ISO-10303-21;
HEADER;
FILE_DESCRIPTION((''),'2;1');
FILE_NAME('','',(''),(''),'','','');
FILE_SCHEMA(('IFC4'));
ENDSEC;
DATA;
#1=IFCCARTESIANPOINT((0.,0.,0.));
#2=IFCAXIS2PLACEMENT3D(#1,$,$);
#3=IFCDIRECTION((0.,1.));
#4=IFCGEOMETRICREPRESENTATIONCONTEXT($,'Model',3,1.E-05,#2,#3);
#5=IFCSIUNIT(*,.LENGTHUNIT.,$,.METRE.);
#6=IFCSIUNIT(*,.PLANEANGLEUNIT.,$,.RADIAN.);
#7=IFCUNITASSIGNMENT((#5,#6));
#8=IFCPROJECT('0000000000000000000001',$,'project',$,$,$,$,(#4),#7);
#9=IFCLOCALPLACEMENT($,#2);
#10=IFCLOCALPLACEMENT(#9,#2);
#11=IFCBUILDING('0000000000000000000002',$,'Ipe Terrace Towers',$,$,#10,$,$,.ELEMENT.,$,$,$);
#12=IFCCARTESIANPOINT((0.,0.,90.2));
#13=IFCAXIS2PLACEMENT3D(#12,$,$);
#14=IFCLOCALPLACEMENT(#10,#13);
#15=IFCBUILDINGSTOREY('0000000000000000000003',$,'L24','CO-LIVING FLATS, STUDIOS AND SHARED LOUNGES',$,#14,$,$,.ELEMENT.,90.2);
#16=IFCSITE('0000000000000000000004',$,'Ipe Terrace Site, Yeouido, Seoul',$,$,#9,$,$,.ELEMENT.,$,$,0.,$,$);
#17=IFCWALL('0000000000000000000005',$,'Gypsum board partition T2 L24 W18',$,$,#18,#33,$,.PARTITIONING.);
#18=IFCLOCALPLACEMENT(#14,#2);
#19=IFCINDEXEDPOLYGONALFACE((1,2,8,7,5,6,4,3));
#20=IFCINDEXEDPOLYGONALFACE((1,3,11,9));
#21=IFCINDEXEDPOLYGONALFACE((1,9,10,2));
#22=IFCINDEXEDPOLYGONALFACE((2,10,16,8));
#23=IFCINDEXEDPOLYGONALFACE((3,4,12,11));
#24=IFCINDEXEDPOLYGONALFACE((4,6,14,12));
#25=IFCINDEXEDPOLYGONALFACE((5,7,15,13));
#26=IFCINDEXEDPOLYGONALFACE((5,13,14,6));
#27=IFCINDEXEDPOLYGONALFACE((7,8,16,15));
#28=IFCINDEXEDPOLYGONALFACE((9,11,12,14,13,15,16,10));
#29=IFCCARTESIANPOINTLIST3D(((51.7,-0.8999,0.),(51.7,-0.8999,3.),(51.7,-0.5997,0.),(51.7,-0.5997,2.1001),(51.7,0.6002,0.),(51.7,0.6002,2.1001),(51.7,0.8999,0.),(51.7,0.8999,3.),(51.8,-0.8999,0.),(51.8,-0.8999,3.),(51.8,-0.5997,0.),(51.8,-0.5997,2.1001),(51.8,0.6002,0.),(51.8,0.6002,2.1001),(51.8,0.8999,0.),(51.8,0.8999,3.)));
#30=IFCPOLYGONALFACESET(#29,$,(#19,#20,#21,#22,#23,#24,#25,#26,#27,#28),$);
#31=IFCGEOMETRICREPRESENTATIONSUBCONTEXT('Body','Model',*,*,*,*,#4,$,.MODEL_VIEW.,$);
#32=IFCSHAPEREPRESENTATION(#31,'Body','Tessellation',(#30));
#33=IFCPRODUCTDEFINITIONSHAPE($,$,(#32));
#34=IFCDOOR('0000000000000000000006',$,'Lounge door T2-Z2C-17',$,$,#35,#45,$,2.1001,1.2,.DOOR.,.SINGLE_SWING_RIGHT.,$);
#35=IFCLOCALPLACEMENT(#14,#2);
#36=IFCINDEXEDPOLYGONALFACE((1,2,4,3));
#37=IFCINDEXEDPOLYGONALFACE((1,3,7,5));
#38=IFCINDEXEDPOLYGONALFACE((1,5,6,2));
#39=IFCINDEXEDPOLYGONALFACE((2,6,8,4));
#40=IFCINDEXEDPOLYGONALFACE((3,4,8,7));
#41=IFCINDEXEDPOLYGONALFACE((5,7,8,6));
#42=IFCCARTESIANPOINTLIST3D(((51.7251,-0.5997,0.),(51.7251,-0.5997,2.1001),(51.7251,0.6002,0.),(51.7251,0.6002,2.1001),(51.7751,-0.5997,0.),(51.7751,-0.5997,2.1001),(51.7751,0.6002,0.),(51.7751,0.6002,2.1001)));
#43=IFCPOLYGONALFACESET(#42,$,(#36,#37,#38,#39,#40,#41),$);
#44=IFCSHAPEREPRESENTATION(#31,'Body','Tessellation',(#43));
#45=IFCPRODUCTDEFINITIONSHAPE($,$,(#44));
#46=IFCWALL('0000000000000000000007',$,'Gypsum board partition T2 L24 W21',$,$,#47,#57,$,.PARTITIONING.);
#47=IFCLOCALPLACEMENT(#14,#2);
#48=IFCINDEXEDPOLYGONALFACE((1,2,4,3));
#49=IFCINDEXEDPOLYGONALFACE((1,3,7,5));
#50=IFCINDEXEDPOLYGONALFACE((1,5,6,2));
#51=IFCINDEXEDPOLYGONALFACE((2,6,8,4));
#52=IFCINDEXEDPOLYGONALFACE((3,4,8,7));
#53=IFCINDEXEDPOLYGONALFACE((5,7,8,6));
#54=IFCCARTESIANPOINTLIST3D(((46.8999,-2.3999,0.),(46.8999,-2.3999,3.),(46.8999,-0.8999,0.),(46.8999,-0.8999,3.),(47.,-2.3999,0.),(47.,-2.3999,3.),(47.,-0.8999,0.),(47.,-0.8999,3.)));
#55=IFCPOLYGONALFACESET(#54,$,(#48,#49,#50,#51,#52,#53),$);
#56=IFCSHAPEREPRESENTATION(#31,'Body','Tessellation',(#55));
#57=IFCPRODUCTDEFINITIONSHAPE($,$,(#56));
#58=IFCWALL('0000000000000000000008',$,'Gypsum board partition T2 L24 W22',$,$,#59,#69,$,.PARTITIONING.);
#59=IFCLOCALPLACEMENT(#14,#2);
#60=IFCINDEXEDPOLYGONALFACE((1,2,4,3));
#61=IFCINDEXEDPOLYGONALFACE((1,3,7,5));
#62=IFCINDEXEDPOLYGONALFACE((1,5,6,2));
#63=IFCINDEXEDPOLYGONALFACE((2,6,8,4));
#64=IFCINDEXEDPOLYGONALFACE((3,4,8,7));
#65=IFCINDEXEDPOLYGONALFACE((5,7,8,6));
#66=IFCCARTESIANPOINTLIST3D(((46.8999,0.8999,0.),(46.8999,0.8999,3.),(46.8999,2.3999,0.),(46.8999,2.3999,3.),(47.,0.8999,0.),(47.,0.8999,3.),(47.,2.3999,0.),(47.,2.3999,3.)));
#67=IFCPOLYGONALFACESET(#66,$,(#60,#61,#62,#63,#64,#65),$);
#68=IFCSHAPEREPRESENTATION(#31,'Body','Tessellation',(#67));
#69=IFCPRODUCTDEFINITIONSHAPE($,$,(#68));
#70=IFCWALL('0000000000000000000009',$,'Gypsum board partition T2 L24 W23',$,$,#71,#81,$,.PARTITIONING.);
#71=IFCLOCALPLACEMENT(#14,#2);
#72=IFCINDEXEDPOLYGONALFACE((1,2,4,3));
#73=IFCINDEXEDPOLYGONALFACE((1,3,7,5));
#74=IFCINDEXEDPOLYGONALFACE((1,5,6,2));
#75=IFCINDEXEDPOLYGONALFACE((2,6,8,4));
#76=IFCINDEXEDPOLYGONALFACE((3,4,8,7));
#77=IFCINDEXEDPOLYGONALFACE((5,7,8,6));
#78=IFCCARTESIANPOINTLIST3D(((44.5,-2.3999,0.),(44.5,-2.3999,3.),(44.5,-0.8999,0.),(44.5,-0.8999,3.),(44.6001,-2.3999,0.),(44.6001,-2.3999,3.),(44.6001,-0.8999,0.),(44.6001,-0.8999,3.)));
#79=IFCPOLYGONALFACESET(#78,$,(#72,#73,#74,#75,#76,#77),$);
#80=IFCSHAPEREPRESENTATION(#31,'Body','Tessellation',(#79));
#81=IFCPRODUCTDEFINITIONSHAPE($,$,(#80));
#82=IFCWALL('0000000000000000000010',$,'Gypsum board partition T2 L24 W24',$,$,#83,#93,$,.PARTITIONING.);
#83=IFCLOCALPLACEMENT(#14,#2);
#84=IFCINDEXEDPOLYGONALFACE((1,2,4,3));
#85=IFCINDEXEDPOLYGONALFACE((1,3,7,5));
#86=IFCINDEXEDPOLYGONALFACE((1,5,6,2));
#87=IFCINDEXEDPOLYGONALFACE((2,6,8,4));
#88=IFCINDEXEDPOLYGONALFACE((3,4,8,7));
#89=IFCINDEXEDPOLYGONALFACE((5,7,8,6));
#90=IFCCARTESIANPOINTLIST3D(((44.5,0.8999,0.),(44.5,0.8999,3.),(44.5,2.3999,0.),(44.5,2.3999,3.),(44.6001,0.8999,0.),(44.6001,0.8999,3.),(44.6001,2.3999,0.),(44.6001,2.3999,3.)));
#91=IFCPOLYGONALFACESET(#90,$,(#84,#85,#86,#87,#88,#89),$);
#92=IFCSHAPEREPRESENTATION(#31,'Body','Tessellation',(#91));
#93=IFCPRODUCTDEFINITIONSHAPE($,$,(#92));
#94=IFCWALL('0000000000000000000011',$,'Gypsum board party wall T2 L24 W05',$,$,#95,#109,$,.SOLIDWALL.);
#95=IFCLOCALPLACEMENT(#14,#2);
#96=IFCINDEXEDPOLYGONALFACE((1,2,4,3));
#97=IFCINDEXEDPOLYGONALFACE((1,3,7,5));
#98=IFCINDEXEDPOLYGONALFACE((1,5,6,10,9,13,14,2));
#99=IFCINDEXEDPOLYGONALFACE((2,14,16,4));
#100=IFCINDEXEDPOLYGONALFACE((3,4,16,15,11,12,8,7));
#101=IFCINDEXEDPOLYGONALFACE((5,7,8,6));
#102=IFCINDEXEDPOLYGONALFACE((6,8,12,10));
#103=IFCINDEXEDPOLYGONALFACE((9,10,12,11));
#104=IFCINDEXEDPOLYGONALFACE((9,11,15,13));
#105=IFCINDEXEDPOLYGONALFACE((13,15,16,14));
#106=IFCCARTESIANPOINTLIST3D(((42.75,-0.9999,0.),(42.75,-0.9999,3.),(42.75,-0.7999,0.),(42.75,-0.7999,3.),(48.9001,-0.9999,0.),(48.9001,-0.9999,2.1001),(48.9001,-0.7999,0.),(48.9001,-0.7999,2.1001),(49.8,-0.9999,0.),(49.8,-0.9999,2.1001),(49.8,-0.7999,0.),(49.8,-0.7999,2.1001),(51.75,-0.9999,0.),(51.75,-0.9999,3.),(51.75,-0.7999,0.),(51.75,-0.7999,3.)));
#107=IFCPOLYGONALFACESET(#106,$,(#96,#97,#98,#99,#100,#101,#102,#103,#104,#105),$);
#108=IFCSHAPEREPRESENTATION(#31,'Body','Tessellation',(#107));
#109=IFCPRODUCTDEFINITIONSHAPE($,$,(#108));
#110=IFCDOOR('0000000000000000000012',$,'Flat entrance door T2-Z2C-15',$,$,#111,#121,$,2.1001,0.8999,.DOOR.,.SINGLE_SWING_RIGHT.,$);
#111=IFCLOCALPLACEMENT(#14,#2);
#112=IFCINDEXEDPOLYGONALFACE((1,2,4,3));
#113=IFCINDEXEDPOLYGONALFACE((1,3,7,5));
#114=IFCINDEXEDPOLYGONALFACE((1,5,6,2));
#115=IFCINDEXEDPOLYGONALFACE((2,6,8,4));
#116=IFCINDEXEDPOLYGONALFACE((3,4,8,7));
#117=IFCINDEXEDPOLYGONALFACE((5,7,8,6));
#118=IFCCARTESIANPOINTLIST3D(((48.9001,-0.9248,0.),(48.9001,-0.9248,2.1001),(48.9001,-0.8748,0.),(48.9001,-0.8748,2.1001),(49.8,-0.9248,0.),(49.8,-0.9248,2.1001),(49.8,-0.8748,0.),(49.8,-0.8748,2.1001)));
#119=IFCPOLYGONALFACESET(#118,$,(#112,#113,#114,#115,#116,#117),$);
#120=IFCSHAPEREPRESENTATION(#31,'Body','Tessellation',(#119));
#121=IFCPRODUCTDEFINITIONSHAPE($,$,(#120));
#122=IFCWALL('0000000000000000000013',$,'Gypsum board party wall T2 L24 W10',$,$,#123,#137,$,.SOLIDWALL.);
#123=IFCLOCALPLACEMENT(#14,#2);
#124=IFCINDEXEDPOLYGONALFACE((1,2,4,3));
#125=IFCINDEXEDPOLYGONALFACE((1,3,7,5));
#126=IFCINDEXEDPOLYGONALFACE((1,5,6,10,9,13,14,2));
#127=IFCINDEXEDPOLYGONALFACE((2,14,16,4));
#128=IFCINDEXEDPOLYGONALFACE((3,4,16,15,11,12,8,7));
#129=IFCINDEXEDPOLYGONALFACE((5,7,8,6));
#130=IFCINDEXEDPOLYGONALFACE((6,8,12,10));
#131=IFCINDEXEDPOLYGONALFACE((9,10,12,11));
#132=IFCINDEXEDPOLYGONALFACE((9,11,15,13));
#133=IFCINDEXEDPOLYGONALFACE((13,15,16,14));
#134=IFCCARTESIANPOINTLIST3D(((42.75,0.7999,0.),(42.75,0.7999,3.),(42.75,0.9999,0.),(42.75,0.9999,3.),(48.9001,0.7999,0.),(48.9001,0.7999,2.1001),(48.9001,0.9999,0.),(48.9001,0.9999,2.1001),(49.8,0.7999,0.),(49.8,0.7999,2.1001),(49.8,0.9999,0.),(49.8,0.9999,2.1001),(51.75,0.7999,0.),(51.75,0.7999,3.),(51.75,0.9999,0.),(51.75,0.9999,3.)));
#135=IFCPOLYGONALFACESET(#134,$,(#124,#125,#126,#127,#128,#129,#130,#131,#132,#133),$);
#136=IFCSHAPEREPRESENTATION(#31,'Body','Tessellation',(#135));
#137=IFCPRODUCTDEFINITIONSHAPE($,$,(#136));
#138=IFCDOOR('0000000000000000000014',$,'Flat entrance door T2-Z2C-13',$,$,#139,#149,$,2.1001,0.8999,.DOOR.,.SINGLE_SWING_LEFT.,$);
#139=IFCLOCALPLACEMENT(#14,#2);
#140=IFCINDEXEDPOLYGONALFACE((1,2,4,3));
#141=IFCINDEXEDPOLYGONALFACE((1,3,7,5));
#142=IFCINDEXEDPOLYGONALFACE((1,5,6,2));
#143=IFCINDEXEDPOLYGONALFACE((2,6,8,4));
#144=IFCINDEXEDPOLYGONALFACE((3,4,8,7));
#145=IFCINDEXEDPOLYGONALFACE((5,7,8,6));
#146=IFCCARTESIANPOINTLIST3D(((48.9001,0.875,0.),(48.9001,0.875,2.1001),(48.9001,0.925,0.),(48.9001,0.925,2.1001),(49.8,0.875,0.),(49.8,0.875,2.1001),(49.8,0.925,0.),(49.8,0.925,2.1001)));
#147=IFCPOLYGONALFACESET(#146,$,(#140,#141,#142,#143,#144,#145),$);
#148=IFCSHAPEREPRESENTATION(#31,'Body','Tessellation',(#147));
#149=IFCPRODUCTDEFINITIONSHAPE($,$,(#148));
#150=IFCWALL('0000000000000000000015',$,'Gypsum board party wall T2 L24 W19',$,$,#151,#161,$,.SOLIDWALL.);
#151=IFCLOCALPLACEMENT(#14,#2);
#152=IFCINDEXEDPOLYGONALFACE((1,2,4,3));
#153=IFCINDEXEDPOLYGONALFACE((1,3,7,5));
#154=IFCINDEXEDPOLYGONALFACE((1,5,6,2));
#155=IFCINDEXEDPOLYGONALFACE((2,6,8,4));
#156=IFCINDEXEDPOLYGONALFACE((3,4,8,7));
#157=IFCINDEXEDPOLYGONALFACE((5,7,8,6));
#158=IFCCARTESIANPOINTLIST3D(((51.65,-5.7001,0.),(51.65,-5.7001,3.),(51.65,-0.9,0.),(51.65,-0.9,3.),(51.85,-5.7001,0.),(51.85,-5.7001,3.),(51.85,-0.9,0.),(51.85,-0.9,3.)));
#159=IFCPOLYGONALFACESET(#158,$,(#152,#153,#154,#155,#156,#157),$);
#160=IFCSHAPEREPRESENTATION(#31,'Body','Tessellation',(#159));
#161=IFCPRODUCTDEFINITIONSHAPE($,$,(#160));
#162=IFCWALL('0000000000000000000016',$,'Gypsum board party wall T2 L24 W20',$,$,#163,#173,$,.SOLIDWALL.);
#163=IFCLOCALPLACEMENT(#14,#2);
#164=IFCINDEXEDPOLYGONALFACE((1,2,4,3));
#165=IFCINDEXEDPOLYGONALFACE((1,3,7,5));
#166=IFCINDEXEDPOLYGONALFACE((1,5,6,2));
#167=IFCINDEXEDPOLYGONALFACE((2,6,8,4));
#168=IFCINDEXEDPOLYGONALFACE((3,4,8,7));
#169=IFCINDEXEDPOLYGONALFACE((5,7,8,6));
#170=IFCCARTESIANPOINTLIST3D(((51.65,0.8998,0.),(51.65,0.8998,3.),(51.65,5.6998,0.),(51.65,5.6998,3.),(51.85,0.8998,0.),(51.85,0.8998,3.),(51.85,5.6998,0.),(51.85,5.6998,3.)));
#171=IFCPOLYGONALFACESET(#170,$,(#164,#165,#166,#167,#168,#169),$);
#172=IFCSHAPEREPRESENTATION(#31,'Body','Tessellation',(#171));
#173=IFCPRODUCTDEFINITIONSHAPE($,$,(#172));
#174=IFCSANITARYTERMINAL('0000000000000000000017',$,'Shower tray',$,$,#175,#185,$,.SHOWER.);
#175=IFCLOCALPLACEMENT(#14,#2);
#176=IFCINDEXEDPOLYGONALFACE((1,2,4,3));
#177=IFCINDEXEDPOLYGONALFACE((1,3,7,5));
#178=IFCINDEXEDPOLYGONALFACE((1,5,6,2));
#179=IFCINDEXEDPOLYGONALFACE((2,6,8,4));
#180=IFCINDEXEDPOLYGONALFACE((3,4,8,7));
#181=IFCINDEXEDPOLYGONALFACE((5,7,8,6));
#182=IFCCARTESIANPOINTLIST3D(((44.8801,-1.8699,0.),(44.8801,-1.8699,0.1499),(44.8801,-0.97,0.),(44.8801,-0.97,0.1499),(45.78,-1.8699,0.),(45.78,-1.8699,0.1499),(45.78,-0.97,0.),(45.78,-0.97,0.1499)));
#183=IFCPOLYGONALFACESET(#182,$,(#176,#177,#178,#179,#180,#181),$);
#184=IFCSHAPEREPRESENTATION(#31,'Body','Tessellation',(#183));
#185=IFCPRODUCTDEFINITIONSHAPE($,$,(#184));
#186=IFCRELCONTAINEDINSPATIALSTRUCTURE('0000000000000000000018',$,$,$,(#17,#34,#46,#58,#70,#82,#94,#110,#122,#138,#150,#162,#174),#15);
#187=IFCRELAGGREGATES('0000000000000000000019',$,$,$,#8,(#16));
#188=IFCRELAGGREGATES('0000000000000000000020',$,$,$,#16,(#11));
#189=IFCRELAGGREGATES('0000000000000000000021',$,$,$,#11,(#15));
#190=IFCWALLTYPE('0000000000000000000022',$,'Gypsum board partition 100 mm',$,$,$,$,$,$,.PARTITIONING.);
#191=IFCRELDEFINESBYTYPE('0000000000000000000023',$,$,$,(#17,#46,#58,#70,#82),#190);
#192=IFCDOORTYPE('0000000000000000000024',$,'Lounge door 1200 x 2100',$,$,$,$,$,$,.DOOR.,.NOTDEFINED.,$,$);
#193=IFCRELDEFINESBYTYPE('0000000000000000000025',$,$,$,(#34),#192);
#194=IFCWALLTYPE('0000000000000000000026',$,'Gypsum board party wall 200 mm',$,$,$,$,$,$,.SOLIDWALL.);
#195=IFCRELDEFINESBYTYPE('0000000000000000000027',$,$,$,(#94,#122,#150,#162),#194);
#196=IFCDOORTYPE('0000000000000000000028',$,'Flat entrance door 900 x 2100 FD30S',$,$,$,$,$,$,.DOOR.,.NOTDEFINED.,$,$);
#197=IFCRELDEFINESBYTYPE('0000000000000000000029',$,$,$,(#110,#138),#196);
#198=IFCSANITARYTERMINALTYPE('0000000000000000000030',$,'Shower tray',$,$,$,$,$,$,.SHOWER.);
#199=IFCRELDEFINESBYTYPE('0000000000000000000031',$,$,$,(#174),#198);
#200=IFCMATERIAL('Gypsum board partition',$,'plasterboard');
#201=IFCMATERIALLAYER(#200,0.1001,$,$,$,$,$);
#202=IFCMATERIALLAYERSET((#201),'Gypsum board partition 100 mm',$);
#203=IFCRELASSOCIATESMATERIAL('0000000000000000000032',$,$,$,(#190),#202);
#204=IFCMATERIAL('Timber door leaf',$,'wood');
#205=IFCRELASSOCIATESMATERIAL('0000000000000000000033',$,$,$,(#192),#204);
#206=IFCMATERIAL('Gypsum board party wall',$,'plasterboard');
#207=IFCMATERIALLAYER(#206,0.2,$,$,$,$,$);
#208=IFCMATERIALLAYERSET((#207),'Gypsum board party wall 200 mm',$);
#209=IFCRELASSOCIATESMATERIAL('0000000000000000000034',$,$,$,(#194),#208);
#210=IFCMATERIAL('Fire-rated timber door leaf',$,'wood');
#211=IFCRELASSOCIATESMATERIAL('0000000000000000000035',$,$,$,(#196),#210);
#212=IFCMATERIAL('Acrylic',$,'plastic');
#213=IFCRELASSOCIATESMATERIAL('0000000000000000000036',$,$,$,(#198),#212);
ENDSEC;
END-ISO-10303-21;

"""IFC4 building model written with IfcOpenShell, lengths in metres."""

from ifc_helpers import new_model, si_unit, direction, frame, frame_2d, origin, origin_2d, place, context, subcontext, project, spatial, rectangle, extrude, material, layer, layer_set, type_object, element, fill, save


model = new_model("IFC4")

# Units and contexts
model_context = context("Model", 3, precision=1e-05, world=origin(), true_north=direction((0.0, 1.0)))
body_context = subcontext(model_context, "Body", "Model", "MODEL_VIEW")
ifc_project = project(units=[si_unit("LENGTHUNIT", "METRE"), si_unit("PLANEANGLEUNIT", "RADIAN")], contexts=[model_context])

# Site, building, storey
site_placement = place(None, origin())
site = spatial("IfcSite", under=ifc_project, at=site_placement, Name="Ipe Terrace Site, Yeouido, Seoul", CompositionType="ELEMENT", RefElevation=0.0)
building_placement = place(site_placement, origin())
building = spatial("IfcBuilding", under=site, at=building_placement, Name="Ipe Terrace Towers", CompositionType="ELEMENT")
storey_placement = place(building_placement, frame((0.0, 0.0, 90.2)))
storey = spatial("IfcBuildingStorey", under=building, at=storey_placement, Name="L24", Description="CO-LIVING FLATS, STUDIOS AND SHARED LOUNGES", CompositionType="ELEMENT", Elevation=90.2)

# Wall, opening, door
ifc_material_1 = material(Name="Gypsum board partition", Category="plasterboard")
ifc_layer_1 = layer(ifc_material_1, 0.1001)
ifc_layer_set_1 = layer_set([ifc_layer_1], Name="Gypsum board partition 100 mm")
wall_type_1 = type_object("IfcWallType", Name="Gypsum board partition 100 mm", PredefinedType="PARTITIONING", material=ifc_layer_set_1)
wall_1_placement = place(storey_placement, frame((51.75, -0.8999, 0.0), z_axis=(0.0, 0.0, 1.0), x_axis=(0.0, 1.0, 0.0)))
wall_1 = element("IfcWall", 1, at=wall_1_placement, inside=storey, type_object=wall_type_1, Name="Gypsum board partition T2 L24 W18", PredefinedType="PARTITIONING", context=body_context, shape_type="SweptSolid", body=[
    extrude(rectangle(XDim=1.7998, YDim=0.1001, at=frame_2d((0.8999, 0.0))), origin(), (0.0, 0.0, 1.0), 3.0),
])
opening_1_placement = place(wall_1_placement, frame((0.3, 0.0, 0.0)))
opening_1 = element("IfcOpeningElement", 2, at=opening_1_placement, cuts=wall_1, PredefinedType="OPENING", context=body_context, shape_type="SweptSolid", body=[
    extrude(rectangle(XDim=1.2, YDim=2.1001, at=frame_2d((0.6001, 1.05))), frame((0.0, 0.0601, 0.0), z_axis=(0.0, -1.0, 0.0), x_axis=(1.0, 0.0, 0.0)), (0.0, 0.0, 1.0), 0.1201),
])
ifc_material_2 = material(Name="Timber door leaf", Category="wood")
door_type_1 = type_object("IfcDoorType", Name="Lounge door 1200 x 2100", OperationType="NOTDEFINED", PredefinedType="DOOR", material=ifc_material_2)
door_1_placement = place(opening_1_placement, origin())
door_1 = element("IfcDoor", 3, at=door_1_placement, inside=storey, type_object=door_type_1, Name="Lounge door T2-Z2C-17", OperationType="SINGLE_SWING_RIGHT", OverallHeight=2.1001, OverallWidth=1.2, PredefinedType="DOOR", context=body_context, shape_type="SweptSolid", body=[
    extrude(rectangle(XDim=1.2, YDim=2.1001, at=frame_2d((0.6001, 1.05))), frame((0.0, 0.0249, 0.0), z_axis=(0.0, -1.0, 0.0), x_axis=(1.0, 0.0, 0.0)), (0.0, 0.0, 1.0), 0.05),
])
fill(opening_1, door_1)

# Walls
for number, where, z_axis, x_axis, name in (
    (4, (46.95, -2.3999, 0.0), (0.0, 0.0, 1.0), (0.0, 1.0, 0.0), "Gypsum board partition T2 L24 W21"),
    (5, (46.95, 0.8999, 0.0), (0.0, 0.0, 1.0), (0.0, 1.0, 0.0), "Gypsum board partition T2 L24 W22"),
    (6, (44.55, -2.3999, 0.0), (0.0, 0.0, 1.0), (0.0, 1.0, 0.0), "Gypsum board partition T2 L24 W23"),
    (7, (44.55, 0.8999, 0.0), (0.0, 0.0, 1.0), (0.0, 1.0, 0.0), "Gypsum board partition T2 L24 W24"),
):
    element("IfcWall", number, at=place(storey_placement, frame(where, z_axis=z_axis, x_axis=x_axis)), inside=storey, type_object=wall_type_1, Name=name, PredefinedType="PARTITIONING", context=body_context, shape_type="SweptSolid", body=[
        extrude(rectangle(XDim=1.5, YDim=0.1001, at=frame_2d((0.75, 0.0))), origin(), (0.0, 0.0, 1.0), 3.0),
    ])

# Walls, openings, doors
ifc_material_3 = material(Name="Gypsum board party wall", Category="plasterboard")
ifc_layer_2 = layer(ifc_material_3, 0.2)
ifc_layer_set_2 = layer_set([ifc_layer_2], Name="Gypsum board party wall 200 mm")
wall_type_2 = type_object("IfcWallType", Name="Gypsum board party wall 200 mm", PredefinedType="SOLIDWALL", material=ifc_layer_set_2)
wall_2_placement = place(storey_placement, frame((51.75, -0.8999, 0.0), z_axis=(0.0, 0.0, 1.0), x_axis=(-1.0, 0.0, 0.0)))
wall_2 = element("IfcWall", 8, at=wall_2_placement, inside=storey, type_object=wall_type_2, Name="Gypsum board party wall T2 L24 W05", PredefinedType="SOLIDWALL", context=body_context, shape_type="SweptSolid", body=[
    extrude(rectangle(XDim=9.0, YDim=0.2, at=frame_2d((4.5, 0.0))), origin(), (0.0, 0.0, 1.0), 3.0),
])
opening_2_placement = place(wall_2_placement, frame((1.95, 0.0, 0.0)))
opening_2 = element("IfcOpeningElement", 9, at=opening_2_placement, cuts=wall_2, PredefinedType="OPENING", context=body_context, shape_type="SweptSolid", body=[
    extrude(rectangle(XDim=0.8999, YDim=2.1001, at=frame_2d((0.45, 1.05))), frame((0.0, 0.1099, 0.0), z_axis=(0.0, -1.0, 0.0), x_axis=(1.0, 0.0, 0.0)), (0.0, 0.0, 1.0), 0.22),
])
ifc_material_4 = material(Name="Fire-rated timber door leaf", Category="wood")
door_type_2 = type_object("IfcDoorType", Name="Flat entrance door 900 x 2100 FD30S", OperationType="NOTDEFINED", PredefinedType="DOOR", material=ifc_material_4)
door_2_placement = place(opening_2_placement, origin())
door_2 = element("IfcDoor", 10, at=door_2_placement, inside=storey, type_object=door_type_2, Name="Flat entrance door T2-Z2C-15", OperationType="SINGLE_SWING_RIGHT", OverallHeight=2.1001, OverallWidth=0.8999, PredefinedType="DOOR", context=body_context, shape_type="SweptSolid", body=[
    extrude(rectangle(XDim=0.8999, YDim=2.1001, at=frame_2d((0.45, 1.05))), frame((0.0, 0.0249, 0.0), z_axis=(0.0, -1.0, 0.0), x_axis=(1.0, 0.0, 0.0)), (0.0, 0.0, 1.0), 0.05),
])
fill(opening_2, door_2)
wall_3_placement = place(storey_placement, frame((51.75, 0.8999, 0.0), z_axis=(0.0, 0.0, 1.0), x_axis=(-1.0, 0.0, 0.0)))
wall_3 = element("IfcWall", 11, at=wall_3_placement, inside=storey, type_object=wall_type_2, Name="Gypsum board party wall T2 L24 W10", PredefinedType="SOLIDWALL", context=body_context, shape_type="SweptSolid", body=[
    extrude(rectangle(XDim=9.0, YDim=0.2, at=frame_2d((4.5, 0.0))), origin(), (0.0, 0.0, 1.0), 3.0),
])
opening_3_placement = place(wall_3_placement, frame((1.95, 0.0, 0.0)))
opening_3 = element("IfcOpeningElement", 12, at=opening_3_placement, cuts=wall_3, PredefinedType="OPENING", context=body_context, shape_type="SweptSolid", body=[
    extrude(rectangle(XDim=0.8999, YDim=2.1001, at=frame_2d((0.45, 1.05))), frame((0.0, 0.1099, 0.0), z_axis=(0.0, -1.0, 0.0), x_axis=(1.0, 0.0, 0.0)), (0.0, 0.0, 1.0), 0.22),
])
door_3_placement = place(opening_3_placement, origin())
door_3 = element("IfcDoor", 13, at=door_3_placement, inside=storey, type_object=door_type_2, Name="Flat entrance door T2-Z2C-13", OperationType="SINGLE_SWING_LEFT", OverallHeight=2.1001, OverallWidth=0.8999, PredefinedType="DOOR", context=body_context, shape_type="SweptSolid", body=[
    extrude(rectangle(XDim=0.8999, YDim=2.1001, at=frame_2d((0.45, 1.05))), frame((0.0, 0.0249, 0.0), z_axis=(0.0, -1.0, 0.0), x_axis=(1.0, 0.0, 0.0)), (0.0, 0.0, 1.0), 0.05),
])
fill(opening_3, door_3)

# Walls
for number, where, z_axis, x_axis, name in (
    (14, (51.75, -5.7, 0.0), (0.0, 0.0, 1.0), (0.0, 1.0, 0.0), "Gypsum board party wall T2 L24 W19"),
    (15, (51.75, 0.8999, 0.0), (0.0, 0.0, 1.0), (0.0, 1.0, 0.0), "Gypsum board party wall T2 L24 W20"),
):
    element("IfcWall", number, at=place(storey_placement, frame(where, z_axis=z_axis, x_axis=x_axis)), inside=storey, type_object=wall_type_2, Name=name, PredefinedType="SOLIDWALL", context=body_context, shape_type="SweptSolid", body=[
        extrude(rectangle(XDim=4.8, YDim=0.2, at=frame_2d((2.3999, 0.0))), origin(), (0.0, 0.0, 1.0), 3.0),
    ])

# Sanitary terminal
ifc_material_5 = material(Name="Acrylic", Category="plastic")
sanitary_terminal_type_1 = type_object("IfcSanitaryTerminalType", Name="Shower tray", PredefinedType="SHOWER", material=ifc_material_5)
sanitary_terminal_1_placement = place(storey_placement, frame((45.3301, -1.4199, 0.0), z_axis=(0.0, 0.0, 1.0), x_axis=(0.0, -1.0, 0.0)))
element("IfcSanitaryTerminal", 16, at=sanitary_terminal_1_placement, inside=storey, type_object=sanitary_terminal_type_1, Name="Shower tray", PredefinedType="SHOWER", context=body_context, shape_type="SweptSolid", body=[
    extrude(rectangle(XDim=0.8999, YDim=0.8999, at=origin_2d()), origin(), (0.0, 0.0, 1.0), 0.1499),
])

save(model, "model.ifc")
